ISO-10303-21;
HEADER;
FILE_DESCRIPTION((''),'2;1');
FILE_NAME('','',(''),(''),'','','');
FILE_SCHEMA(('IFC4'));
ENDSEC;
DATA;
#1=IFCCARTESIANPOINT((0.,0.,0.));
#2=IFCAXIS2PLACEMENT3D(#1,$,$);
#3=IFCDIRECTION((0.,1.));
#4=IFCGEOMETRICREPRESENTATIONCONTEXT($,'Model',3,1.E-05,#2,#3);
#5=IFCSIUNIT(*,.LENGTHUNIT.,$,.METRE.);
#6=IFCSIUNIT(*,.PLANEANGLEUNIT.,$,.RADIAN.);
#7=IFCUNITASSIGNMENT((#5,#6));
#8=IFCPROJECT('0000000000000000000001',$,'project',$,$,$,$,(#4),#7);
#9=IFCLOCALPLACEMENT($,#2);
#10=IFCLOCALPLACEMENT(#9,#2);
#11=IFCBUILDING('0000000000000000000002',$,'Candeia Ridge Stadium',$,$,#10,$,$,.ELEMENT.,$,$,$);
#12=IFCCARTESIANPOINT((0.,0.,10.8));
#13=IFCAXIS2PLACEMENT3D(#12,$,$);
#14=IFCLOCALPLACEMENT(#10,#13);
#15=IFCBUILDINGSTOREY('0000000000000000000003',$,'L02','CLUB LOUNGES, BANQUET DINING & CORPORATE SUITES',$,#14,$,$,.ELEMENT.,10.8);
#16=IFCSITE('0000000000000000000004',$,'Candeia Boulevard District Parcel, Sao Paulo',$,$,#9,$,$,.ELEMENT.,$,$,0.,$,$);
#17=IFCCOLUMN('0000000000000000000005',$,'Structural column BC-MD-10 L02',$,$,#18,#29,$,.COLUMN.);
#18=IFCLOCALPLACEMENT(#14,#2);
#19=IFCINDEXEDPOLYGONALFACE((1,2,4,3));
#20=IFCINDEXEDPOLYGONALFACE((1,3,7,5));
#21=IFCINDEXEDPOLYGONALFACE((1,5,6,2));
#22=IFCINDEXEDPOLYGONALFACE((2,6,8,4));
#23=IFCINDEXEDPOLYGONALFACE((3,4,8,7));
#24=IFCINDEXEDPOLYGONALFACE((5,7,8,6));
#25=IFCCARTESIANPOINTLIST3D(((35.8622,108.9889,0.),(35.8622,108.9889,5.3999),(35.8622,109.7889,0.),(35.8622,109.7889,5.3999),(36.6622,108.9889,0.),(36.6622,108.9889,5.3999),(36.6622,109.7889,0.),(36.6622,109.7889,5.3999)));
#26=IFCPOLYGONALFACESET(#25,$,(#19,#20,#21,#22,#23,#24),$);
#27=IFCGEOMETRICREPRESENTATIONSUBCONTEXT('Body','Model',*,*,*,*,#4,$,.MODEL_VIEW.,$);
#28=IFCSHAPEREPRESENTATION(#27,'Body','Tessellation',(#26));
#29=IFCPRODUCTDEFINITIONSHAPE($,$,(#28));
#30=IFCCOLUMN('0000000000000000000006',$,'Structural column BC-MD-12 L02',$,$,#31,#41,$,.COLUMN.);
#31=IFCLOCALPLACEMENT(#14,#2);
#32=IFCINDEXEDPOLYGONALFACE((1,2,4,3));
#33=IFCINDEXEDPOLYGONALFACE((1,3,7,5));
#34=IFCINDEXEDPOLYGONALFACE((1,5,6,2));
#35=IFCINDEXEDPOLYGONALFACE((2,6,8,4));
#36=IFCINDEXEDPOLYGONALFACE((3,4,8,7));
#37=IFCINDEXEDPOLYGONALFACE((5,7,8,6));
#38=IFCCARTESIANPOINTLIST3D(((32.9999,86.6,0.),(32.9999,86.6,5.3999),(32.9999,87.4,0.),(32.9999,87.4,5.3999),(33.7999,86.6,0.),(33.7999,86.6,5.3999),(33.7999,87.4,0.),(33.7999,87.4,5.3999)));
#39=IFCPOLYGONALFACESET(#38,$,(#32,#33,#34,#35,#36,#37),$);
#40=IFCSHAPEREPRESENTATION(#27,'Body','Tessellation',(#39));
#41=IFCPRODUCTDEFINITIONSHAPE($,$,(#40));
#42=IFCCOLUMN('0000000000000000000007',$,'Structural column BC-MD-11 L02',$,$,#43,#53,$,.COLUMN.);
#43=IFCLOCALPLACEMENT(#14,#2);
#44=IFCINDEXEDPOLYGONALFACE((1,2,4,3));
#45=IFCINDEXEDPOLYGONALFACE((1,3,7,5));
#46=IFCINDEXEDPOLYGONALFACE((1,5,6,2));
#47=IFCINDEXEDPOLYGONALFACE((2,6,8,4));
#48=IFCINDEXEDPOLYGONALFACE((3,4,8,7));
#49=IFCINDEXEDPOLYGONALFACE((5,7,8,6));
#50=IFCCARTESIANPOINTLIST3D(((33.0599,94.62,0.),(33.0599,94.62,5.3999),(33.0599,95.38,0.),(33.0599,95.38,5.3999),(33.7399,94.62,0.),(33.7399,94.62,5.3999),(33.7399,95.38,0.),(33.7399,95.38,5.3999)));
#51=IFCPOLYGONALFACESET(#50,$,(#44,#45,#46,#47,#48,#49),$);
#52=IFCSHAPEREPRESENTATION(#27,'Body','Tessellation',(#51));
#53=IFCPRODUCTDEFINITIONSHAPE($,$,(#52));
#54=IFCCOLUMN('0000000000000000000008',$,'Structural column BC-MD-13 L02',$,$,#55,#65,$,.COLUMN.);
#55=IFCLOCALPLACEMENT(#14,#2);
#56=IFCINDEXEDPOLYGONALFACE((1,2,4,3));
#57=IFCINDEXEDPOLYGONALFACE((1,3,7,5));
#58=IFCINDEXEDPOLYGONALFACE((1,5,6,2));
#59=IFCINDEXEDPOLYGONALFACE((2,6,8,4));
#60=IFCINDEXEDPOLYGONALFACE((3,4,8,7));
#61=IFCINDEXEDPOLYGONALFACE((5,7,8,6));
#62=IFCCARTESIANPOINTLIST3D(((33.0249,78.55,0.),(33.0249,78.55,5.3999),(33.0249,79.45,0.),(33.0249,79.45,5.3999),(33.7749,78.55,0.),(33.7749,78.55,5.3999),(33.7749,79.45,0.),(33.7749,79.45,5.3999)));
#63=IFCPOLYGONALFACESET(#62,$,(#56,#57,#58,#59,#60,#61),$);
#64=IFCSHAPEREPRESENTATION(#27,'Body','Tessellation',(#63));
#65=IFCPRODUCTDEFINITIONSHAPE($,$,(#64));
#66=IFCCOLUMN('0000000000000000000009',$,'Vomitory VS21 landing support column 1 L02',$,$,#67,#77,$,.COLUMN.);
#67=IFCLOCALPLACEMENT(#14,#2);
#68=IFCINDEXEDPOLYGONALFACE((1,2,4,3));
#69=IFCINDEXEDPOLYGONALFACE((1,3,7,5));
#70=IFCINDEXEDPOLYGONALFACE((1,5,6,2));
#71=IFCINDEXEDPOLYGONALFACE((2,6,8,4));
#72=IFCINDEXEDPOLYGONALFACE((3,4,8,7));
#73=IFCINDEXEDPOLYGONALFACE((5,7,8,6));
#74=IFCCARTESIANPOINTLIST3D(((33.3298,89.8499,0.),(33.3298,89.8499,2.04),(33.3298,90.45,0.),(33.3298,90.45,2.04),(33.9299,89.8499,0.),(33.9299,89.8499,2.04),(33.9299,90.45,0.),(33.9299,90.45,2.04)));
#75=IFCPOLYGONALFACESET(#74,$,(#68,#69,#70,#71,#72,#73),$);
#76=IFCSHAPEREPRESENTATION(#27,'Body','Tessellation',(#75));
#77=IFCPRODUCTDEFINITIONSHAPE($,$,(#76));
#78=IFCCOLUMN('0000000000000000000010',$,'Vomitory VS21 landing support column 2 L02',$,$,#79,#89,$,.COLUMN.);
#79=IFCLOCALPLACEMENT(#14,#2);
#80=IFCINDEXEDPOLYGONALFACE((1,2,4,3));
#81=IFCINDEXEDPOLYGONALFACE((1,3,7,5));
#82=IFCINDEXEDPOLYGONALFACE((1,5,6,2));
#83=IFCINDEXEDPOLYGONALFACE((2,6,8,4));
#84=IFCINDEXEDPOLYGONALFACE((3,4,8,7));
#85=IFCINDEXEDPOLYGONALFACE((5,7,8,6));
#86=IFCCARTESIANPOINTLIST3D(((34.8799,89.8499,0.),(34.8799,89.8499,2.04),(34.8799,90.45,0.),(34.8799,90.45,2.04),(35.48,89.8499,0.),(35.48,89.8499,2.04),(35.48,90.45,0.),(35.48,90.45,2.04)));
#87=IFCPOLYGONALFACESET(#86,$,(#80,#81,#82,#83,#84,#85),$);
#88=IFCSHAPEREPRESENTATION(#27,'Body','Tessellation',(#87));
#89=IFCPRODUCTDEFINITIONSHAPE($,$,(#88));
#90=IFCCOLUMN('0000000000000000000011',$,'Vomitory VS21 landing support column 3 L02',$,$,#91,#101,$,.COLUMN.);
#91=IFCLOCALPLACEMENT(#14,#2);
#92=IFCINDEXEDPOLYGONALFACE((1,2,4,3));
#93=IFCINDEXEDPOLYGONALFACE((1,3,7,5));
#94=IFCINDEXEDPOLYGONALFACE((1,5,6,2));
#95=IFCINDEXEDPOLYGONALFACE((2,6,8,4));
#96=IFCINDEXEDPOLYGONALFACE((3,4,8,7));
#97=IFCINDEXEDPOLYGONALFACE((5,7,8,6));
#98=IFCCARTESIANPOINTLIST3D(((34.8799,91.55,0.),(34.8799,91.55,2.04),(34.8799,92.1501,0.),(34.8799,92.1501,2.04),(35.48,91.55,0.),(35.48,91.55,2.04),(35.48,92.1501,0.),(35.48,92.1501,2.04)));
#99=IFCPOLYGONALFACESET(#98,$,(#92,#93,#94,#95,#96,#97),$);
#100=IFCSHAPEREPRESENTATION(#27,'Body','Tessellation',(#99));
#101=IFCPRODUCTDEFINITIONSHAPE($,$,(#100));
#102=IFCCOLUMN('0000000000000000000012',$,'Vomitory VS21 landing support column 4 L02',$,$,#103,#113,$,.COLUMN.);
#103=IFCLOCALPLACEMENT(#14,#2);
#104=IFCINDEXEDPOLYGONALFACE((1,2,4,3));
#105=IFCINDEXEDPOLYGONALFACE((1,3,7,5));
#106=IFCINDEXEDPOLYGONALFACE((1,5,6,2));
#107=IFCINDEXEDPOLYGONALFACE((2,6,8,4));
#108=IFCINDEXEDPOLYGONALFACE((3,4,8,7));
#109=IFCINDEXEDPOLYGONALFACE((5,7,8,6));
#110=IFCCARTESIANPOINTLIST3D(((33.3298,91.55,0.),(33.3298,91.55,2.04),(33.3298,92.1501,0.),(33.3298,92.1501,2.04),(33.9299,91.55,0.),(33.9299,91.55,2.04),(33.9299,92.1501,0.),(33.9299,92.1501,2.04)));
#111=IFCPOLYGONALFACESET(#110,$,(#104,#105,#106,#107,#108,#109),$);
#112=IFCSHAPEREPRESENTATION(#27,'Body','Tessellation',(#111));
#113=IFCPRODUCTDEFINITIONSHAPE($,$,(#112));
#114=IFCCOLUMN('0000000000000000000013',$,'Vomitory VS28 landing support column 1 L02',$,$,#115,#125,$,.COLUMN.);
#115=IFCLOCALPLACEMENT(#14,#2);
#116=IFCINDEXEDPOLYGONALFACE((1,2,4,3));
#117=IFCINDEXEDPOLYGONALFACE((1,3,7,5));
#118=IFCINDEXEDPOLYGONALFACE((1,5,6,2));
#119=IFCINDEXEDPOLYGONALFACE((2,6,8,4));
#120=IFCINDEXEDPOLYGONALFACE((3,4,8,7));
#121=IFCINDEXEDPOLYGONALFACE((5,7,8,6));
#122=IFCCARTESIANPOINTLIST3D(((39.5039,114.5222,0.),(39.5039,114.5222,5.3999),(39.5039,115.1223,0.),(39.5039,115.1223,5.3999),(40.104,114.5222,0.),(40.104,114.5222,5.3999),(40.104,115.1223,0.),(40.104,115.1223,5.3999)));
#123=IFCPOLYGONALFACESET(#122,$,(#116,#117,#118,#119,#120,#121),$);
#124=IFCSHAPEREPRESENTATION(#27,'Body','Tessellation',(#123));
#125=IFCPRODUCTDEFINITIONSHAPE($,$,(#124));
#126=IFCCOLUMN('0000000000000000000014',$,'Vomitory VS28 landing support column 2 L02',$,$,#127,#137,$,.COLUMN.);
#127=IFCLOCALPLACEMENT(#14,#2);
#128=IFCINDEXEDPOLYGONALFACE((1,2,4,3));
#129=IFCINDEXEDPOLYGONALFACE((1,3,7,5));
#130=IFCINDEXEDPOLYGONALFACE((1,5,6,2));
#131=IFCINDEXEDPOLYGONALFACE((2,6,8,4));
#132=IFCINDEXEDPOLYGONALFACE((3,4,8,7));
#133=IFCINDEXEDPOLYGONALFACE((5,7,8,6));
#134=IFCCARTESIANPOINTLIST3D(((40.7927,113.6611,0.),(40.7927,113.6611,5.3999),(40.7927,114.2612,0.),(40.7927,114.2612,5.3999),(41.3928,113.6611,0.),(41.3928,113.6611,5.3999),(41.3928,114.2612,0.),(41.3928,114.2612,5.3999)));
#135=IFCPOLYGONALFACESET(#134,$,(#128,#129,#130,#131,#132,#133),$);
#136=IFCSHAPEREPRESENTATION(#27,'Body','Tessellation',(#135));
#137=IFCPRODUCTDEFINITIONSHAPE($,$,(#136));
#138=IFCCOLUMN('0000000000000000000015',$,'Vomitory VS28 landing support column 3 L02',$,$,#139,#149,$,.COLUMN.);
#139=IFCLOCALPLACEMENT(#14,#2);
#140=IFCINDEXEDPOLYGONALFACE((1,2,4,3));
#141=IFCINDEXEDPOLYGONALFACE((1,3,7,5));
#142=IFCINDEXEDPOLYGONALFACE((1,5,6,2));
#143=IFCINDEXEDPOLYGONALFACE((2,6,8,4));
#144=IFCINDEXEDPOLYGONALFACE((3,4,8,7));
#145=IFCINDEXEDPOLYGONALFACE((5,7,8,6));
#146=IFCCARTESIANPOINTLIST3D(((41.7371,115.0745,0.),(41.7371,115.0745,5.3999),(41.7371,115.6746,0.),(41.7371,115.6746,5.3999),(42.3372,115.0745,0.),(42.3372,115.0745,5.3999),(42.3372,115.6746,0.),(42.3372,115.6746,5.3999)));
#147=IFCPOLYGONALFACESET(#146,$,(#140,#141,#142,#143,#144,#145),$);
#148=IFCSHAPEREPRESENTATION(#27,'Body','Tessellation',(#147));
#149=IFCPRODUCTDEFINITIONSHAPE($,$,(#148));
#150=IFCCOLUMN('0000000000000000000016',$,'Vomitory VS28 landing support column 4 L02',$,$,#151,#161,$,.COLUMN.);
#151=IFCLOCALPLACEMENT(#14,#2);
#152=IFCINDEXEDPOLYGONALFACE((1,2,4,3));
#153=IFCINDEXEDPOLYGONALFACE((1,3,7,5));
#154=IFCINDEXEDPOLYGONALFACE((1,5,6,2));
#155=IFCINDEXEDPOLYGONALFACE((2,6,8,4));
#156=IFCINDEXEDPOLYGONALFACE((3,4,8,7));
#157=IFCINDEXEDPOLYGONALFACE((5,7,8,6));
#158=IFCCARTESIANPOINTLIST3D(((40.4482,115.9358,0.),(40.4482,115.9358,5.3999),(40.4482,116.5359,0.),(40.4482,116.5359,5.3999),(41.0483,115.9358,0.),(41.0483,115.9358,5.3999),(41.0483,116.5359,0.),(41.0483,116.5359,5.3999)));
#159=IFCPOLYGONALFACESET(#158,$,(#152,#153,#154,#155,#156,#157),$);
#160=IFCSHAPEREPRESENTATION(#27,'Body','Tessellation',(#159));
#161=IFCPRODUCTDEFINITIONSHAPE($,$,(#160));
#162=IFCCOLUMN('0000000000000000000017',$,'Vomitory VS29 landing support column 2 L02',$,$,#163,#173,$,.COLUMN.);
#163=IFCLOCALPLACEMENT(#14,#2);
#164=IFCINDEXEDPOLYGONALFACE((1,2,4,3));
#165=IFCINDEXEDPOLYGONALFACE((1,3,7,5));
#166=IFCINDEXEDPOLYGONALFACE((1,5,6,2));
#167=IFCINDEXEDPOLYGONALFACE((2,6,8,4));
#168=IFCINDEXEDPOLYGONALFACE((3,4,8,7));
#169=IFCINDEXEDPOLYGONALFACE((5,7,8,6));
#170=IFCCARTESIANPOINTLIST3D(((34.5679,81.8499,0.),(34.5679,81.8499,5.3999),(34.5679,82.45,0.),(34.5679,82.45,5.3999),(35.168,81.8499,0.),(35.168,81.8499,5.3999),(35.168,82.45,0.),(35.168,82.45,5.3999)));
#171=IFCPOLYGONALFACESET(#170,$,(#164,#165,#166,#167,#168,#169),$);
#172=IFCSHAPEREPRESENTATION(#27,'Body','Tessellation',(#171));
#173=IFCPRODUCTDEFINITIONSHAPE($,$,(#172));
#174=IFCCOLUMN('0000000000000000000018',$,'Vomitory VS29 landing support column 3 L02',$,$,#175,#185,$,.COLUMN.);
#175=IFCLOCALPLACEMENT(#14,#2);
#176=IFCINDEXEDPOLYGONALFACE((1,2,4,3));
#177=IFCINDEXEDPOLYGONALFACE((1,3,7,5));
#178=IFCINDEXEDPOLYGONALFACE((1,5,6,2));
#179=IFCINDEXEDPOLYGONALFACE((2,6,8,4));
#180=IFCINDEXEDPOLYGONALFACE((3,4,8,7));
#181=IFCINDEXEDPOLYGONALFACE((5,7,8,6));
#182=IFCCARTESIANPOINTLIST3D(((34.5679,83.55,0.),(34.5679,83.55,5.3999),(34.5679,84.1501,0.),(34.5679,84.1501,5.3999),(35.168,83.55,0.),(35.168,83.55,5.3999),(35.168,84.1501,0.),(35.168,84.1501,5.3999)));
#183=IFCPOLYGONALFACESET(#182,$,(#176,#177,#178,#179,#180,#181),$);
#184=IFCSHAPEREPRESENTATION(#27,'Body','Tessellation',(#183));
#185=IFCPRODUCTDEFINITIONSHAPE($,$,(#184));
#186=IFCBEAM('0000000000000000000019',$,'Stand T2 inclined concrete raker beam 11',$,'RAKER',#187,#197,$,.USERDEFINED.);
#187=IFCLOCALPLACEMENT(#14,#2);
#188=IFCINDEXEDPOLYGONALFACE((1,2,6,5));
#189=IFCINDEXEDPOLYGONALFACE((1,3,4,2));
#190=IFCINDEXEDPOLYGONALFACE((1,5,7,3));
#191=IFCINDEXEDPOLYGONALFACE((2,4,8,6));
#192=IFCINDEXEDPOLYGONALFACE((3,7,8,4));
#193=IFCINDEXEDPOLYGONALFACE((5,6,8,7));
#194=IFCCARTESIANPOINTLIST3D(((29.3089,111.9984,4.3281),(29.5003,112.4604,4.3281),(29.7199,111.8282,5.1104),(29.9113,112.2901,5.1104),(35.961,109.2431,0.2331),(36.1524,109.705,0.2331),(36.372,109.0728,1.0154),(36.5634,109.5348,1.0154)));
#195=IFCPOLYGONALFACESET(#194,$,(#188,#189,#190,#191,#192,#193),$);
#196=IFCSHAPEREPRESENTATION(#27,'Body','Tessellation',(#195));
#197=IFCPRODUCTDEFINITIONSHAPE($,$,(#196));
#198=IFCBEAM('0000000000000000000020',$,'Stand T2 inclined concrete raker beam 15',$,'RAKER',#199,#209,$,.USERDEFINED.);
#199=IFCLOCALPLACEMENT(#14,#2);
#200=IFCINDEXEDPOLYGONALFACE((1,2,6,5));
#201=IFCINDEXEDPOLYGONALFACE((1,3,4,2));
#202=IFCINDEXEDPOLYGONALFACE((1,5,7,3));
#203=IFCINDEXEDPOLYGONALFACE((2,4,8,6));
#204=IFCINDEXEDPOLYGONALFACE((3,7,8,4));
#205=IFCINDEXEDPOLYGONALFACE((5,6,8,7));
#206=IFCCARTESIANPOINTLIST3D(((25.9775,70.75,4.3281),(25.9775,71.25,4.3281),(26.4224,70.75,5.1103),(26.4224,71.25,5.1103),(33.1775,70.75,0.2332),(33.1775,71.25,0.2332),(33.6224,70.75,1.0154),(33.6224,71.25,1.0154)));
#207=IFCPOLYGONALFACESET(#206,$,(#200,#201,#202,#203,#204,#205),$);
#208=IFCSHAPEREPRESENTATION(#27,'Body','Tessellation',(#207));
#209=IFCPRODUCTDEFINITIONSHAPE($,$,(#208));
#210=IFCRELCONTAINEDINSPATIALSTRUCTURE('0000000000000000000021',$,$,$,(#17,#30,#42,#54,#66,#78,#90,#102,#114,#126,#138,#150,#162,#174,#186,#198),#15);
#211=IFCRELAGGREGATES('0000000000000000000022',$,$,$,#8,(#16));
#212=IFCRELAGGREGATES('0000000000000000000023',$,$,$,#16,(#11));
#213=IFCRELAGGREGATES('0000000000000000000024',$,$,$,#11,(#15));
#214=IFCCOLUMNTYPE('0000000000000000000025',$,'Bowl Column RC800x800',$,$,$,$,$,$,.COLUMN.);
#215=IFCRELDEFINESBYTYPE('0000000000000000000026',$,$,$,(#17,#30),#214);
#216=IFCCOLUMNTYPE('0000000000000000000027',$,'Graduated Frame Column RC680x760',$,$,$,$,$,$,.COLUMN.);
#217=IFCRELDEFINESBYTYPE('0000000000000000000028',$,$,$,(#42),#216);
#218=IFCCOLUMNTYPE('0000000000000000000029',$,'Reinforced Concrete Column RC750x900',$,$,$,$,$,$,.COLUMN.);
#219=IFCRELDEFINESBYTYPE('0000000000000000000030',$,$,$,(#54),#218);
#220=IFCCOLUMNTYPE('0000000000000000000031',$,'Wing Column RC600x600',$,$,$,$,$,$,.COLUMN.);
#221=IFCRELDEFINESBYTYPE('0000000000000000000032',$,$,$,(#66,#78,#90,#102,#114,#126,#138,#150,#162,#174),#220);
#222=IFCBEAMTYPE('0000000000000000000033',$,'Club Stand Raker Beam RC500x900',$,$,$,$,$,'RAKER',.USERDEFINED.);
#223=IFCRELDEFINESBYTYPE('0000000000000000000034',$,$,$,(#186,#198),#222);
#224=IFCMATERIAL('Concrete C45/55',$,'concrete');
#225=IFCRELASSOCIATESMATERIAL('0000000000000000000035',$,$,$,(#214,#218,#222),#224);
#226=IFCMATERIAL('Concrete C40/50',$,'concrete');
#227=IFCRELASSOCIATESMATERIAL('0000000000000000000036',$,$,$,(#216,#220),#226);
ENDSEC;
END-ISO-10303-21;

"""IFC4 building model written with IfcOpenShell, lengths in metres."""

from ifc_helpers import new_model, si_unit, direction, frame, origin, origin_2d, place, context, subcontext, project, spatial, rectangle, extrude, material, material_profile, profile_set, type_object, element, save


model = new_model("IFC4")

# Units and contexts
model_context = context("Model", 3, precision=1e-05, world=origin(), true_north=direction((0.0, 1.0)))
body_context = subcontext(model_context, "Body", "Model", "MODEL_VIEW")
ifc_project = project(units=[si_unit("LENGTHUNIT", "METRE"), si_unit("PLANEANGLEUNIT", "RADIAN")], contexts=[model_context])

# Site, building, storey
site_placement = place(None, origin())
site = spatial("IfcSite", under=ifc_project, at=site_placement, Name="Candeia Boulevard District Parcel, Sao Paulo", CompositionType="ELEMENT", RefElevation=0.0)
building_placement = place(site_placement, origin())
building = spatial("IfcBuilding", under=site, at=building_placement, Name="Candeia Ridge Stadium", CompositionType="ELEMENT")
storey_placement = place(building_placement, frame((0.0, 0.0, 10.8)))
storey = spatial("IfcBuildingStorey", under=building, at=storey_placement, Name="L02", Description="CLUB LOUNGES, BANQUET DINING & CORPORATE SUITES", CompositionType="ELEMENT", Elevation=10.8)

# Columns
ifc_material_1 = material(Name="Concrete C45/55", Category="concrete")
ifc_material_profile_1 = material_profile(ifc_material_1, rectangle(XDim=0.8, YDim=0.8, at=origin_2d()), Name="RC800x800", Category="concrete")
ifc_profile_set_1 = profile_set([ifc_material_profile_1], Name="Concrete C45/55")
column_type_1 = type_object("IfcColumnType", Name="Bowl Column RC800x800", PredefinedType="COLUMN", material=ifc_profile_set_1)
for number, where, z_axis, x_axis, name in (
    (1, (36.2622, 109.3889, 0.0), (0.0, 0.0, 1.0), (1.0, 0.0, 0.0), "Structural column BC-MD-10 L02"),
    (2, (33.3999, 87.0, 0.0), (0.0, 0.0, 1.0), (1.0, 0.0, 0.0), "Structural column BC-MD-12 L02"),
):
    element("IfcColumn", number, at=place(storey_placement, frame(where, z_axis=z_axis, x_axis=x_axis)), inside=storey, type_object=column_type_1, Name=name, PredefinedType="COLUMN", context=body_context, shape_type="SweptSolid", body=[
        extrude(rectangle(XDim=0.8, YDim=0.8, at=origin_2d()), origin(), (0.0, 0.0, 1.0), 5.3999),
    ])
ifc_material_2 = material(Name="Concrete C40/50", Category="concrete")
ifc_material_profile_2 = material_profile(ifc_material_2, rectangle(XDim=0.6799, YDim=0.76, at=origin_2d()), Name="RC680x760", Category="concrete")
ifc_profile_set_2 = profile_set([ifc_material_profile_2], Name="Concrete C40/50")
column_type_2 = type_object("IfcColumnType", Name="Graduated Frame Column RC680x760", PredefinedType="COLUMN", material=ifc_profile_set_2)
column_1_placement = place(storey_placement, frame((33.3999, 95.0, 0.0), z_axis=(0.0, 0.0, 1.0), x_axis=(1.0, 0.0, 0.0)))
element("IfcColumn", 3, at=column_1_placement, inside=storey, type_object=column_type_2, Name="Structural column BC-MD-11 L02", PredefinedType="COLUMN", context=body_context, shape_type="SweptSolid", body=[
    extrude(rectangle(XDim=0.6799, YDim=0.76, at=origin_2d()), origin(), (0.0, 0.0, 1.0), 5.3999),
])
ifc_material_profile_3 = material_profile(ifc_material_1, rectangle(XDim=0.75, YDim=0.8999, at=origin_2d()), Name="RC750x900", Category="concrete")
ifc_profile_set_3 = profile_set([ifc_material_profile_3], Name="Concrete C45/55")
column_type_3 = type_object("IfcColumnType", Name="Reinforced Concrete Column RC750x900", PredefinedType="COLUMN", material=ifc_profile_set_3)
column_2_placement = place(storey_placement, frame((33.3999, 79.0, 0.0), z_axis=(0.0, 0.0, 1.0), x_axis=(1.0, 0.0, 0.0)))
element("IfcColumn", 4, at=column_2_placement, inside=storey, type_object=column_type_3, Name="Structural column BC-MD-13 L02", PredefinedType="COLUMN", context=body_context, shape_type="SweptSolid", body=[
    extrude(rectangle(XDim=0.75, YDim=0.8999, at=origin_2d()), origin(), (0.0, 0.0, 1.0), 5.3999),
])
ifc_material_profile_4 = material_profile(ifc_material_2, rectangle(XDim=0.6001, YDim=0.6001, at=origin_2d()), Name="RC600x600", Category="concrete")
ifc_profile_set_4 = profile_set([ifc_material_profile_4], Name="Concrete C40/50")
column_type_4 = type_object("IfcColumnType", Name="Wing Column RC600x600", PredefinedType="COLUMN", material=ifc_profile_set_4)
for number, where, z_axis, x_axis, name in (
    (5, (33.6299, 90.1499, 0.0), (0.0, 0.0, 1.0), (1.0, 0.0, 0.0), "Vomitory VS21 landing support column 1 L02"),
    (6, (35.1799, 90.1499, 0.0), (0.0, 0.0, 1.0), (1.0, 0.0, 0.0), "Vomitory VS21 landing support column 2 L02"),
    (7, (35.1799, 91.8501, 0.0), (0.0, 0.0, 1.0), (1.0, 0.0, 0.0), "Vomitory VS21 landing support column 3 L02"),
    (8, (33.6299, 91.8501, 0.0), (0.0, 0.0, 1.0), (1.0, 0.0, 0.0), "Vomitory VS21 landing support column 4 L02"),
):
    element("IfcColumn", number, at=place(storey_placement, frame(where, z_axis=z_axis, x_axis=x_axis)), inside=storey, type_object=column_type_4, Name=name, PredefinedType="COLUMN", context=body_context, shape_type="SweptSolid", body=[
        extrude(rectangle(XDim=0.6001, YDim=0.6001, at=origin_2d()), origin(), (0.0, 0.0, 1.0), 2.04),
    ])
for number, where, z_axis, x_axis, name in (
    (9, (39.804, 114.8223, 0.0), (0.0, 0.0, 1.0), (1.0, 0.0, 0.0), "Vomitory VS28 landing support column 1 L02"),
    (10, (41.0928, 113.9612, 0.0), (0.0, 0.0, 1.0), (1.0, 0.0, 0.0), "Vomitory VS28 landing support column 2 L02"),
    (11, (42.0371, 115.3745, 0.0), (0.0, 0.0, 1.0), (1.0, 0.0, 0.0), "Vomitory VS28 landing support column 3 L02"),
    (12, (40.7483, 116.2358, 0.0), (0.0, 0.0, 1.0), (1.0, 0.0, 0.0), "Vomitory VS28 landing support column 4 L02"),
    (13, (34.8679, 82.1499, 0.0), (0.0, 0.0, 1.0), (1.0, 0.0, 0.0), "Vomitory VS29 landing support column 2 L02"),
    (14, (34.8679, 83.8501, 0.0), (0.0, 0.0, 1.0), (1.0, 0.0, 0.0), "Vomitory VS29 landing support column 3 L02"),
):
    element("IfcColumn", number, at=place(storey_placement, frame(where, z_axis=z_axis, x_axis=x_axis)), inside=storey, type_object=column_type_4, Name=name, PredefinedType="COLUMN", context=body_context, shape_type="SweptSolid", body=[
        extrude(rectangle(XDim=0.6001, YDim=0.6001, at=origin_2d()), origin(), (0.0, 0.0, 1.0), 5.3999),
    ])

# Beams
ifc_material_profile_5 = material_profile(ifc_material_1, rectangle(XDim=0.5, YDim=0.8999, at=origin_2d()), Name="RC500x900", Category="concrete")
ifc_profile_set_5 = profile_set([ifc_material_profile_5], Name="Concrete C45/55")
beam_type_1 = type_object("IfcBeamType", Name="Club Stand Raker Beam RC500x900", ElementType="RAKER", PredefinedType="USERDEFINED", material=ifc_profile_set_5)
beam_1_placement = place(storey_placement, frame((36.2622, 109.3889, 0.6243), z_axis=(-0.803084, 0.332646, 0.494371), x_axis=(-0.382681, -0.92388, 0.0)))
element("IfcBeam", 15, at=beam_1_placement, inside=storey, type_object=beam_type_1, Name="Stand T2 inclined concrete raker beam 11", ObjectType="RAKER", PredefinedType="USERDEFINED", context=body_context, shape_type="SweptSolid", body=[
    extrude(rectangle(XDim=0.5, YDim=0.8999, at=origin_2d()), origin(), (0.0, 0.0, 1.0), 8.2832),
])
beam_2_placement = place(storey_placement, frame((33.3999, 71.0, 0.6243), z_axis=(-0.869244, 0.0, 0.494383), x_axis=(0.0, -1.0, 0.0)))
element("IfcBeam", 16, at=beam_2_placement, inside=storey, type_object=beam_type_1, Name="Stand T2 inclined concrete raker beam 15", ObjectType="RAKER", PredefinedType="USERDEFINED", context=body_context, shape_type="SweptSolid", body=[
    extrude(rectangle(XDim=0.5, YDim=0.8999, at=origin_2d()), origin(), (0.0, 0.0, 1.0), 8.283),
])

save(model, "model.ifc")
